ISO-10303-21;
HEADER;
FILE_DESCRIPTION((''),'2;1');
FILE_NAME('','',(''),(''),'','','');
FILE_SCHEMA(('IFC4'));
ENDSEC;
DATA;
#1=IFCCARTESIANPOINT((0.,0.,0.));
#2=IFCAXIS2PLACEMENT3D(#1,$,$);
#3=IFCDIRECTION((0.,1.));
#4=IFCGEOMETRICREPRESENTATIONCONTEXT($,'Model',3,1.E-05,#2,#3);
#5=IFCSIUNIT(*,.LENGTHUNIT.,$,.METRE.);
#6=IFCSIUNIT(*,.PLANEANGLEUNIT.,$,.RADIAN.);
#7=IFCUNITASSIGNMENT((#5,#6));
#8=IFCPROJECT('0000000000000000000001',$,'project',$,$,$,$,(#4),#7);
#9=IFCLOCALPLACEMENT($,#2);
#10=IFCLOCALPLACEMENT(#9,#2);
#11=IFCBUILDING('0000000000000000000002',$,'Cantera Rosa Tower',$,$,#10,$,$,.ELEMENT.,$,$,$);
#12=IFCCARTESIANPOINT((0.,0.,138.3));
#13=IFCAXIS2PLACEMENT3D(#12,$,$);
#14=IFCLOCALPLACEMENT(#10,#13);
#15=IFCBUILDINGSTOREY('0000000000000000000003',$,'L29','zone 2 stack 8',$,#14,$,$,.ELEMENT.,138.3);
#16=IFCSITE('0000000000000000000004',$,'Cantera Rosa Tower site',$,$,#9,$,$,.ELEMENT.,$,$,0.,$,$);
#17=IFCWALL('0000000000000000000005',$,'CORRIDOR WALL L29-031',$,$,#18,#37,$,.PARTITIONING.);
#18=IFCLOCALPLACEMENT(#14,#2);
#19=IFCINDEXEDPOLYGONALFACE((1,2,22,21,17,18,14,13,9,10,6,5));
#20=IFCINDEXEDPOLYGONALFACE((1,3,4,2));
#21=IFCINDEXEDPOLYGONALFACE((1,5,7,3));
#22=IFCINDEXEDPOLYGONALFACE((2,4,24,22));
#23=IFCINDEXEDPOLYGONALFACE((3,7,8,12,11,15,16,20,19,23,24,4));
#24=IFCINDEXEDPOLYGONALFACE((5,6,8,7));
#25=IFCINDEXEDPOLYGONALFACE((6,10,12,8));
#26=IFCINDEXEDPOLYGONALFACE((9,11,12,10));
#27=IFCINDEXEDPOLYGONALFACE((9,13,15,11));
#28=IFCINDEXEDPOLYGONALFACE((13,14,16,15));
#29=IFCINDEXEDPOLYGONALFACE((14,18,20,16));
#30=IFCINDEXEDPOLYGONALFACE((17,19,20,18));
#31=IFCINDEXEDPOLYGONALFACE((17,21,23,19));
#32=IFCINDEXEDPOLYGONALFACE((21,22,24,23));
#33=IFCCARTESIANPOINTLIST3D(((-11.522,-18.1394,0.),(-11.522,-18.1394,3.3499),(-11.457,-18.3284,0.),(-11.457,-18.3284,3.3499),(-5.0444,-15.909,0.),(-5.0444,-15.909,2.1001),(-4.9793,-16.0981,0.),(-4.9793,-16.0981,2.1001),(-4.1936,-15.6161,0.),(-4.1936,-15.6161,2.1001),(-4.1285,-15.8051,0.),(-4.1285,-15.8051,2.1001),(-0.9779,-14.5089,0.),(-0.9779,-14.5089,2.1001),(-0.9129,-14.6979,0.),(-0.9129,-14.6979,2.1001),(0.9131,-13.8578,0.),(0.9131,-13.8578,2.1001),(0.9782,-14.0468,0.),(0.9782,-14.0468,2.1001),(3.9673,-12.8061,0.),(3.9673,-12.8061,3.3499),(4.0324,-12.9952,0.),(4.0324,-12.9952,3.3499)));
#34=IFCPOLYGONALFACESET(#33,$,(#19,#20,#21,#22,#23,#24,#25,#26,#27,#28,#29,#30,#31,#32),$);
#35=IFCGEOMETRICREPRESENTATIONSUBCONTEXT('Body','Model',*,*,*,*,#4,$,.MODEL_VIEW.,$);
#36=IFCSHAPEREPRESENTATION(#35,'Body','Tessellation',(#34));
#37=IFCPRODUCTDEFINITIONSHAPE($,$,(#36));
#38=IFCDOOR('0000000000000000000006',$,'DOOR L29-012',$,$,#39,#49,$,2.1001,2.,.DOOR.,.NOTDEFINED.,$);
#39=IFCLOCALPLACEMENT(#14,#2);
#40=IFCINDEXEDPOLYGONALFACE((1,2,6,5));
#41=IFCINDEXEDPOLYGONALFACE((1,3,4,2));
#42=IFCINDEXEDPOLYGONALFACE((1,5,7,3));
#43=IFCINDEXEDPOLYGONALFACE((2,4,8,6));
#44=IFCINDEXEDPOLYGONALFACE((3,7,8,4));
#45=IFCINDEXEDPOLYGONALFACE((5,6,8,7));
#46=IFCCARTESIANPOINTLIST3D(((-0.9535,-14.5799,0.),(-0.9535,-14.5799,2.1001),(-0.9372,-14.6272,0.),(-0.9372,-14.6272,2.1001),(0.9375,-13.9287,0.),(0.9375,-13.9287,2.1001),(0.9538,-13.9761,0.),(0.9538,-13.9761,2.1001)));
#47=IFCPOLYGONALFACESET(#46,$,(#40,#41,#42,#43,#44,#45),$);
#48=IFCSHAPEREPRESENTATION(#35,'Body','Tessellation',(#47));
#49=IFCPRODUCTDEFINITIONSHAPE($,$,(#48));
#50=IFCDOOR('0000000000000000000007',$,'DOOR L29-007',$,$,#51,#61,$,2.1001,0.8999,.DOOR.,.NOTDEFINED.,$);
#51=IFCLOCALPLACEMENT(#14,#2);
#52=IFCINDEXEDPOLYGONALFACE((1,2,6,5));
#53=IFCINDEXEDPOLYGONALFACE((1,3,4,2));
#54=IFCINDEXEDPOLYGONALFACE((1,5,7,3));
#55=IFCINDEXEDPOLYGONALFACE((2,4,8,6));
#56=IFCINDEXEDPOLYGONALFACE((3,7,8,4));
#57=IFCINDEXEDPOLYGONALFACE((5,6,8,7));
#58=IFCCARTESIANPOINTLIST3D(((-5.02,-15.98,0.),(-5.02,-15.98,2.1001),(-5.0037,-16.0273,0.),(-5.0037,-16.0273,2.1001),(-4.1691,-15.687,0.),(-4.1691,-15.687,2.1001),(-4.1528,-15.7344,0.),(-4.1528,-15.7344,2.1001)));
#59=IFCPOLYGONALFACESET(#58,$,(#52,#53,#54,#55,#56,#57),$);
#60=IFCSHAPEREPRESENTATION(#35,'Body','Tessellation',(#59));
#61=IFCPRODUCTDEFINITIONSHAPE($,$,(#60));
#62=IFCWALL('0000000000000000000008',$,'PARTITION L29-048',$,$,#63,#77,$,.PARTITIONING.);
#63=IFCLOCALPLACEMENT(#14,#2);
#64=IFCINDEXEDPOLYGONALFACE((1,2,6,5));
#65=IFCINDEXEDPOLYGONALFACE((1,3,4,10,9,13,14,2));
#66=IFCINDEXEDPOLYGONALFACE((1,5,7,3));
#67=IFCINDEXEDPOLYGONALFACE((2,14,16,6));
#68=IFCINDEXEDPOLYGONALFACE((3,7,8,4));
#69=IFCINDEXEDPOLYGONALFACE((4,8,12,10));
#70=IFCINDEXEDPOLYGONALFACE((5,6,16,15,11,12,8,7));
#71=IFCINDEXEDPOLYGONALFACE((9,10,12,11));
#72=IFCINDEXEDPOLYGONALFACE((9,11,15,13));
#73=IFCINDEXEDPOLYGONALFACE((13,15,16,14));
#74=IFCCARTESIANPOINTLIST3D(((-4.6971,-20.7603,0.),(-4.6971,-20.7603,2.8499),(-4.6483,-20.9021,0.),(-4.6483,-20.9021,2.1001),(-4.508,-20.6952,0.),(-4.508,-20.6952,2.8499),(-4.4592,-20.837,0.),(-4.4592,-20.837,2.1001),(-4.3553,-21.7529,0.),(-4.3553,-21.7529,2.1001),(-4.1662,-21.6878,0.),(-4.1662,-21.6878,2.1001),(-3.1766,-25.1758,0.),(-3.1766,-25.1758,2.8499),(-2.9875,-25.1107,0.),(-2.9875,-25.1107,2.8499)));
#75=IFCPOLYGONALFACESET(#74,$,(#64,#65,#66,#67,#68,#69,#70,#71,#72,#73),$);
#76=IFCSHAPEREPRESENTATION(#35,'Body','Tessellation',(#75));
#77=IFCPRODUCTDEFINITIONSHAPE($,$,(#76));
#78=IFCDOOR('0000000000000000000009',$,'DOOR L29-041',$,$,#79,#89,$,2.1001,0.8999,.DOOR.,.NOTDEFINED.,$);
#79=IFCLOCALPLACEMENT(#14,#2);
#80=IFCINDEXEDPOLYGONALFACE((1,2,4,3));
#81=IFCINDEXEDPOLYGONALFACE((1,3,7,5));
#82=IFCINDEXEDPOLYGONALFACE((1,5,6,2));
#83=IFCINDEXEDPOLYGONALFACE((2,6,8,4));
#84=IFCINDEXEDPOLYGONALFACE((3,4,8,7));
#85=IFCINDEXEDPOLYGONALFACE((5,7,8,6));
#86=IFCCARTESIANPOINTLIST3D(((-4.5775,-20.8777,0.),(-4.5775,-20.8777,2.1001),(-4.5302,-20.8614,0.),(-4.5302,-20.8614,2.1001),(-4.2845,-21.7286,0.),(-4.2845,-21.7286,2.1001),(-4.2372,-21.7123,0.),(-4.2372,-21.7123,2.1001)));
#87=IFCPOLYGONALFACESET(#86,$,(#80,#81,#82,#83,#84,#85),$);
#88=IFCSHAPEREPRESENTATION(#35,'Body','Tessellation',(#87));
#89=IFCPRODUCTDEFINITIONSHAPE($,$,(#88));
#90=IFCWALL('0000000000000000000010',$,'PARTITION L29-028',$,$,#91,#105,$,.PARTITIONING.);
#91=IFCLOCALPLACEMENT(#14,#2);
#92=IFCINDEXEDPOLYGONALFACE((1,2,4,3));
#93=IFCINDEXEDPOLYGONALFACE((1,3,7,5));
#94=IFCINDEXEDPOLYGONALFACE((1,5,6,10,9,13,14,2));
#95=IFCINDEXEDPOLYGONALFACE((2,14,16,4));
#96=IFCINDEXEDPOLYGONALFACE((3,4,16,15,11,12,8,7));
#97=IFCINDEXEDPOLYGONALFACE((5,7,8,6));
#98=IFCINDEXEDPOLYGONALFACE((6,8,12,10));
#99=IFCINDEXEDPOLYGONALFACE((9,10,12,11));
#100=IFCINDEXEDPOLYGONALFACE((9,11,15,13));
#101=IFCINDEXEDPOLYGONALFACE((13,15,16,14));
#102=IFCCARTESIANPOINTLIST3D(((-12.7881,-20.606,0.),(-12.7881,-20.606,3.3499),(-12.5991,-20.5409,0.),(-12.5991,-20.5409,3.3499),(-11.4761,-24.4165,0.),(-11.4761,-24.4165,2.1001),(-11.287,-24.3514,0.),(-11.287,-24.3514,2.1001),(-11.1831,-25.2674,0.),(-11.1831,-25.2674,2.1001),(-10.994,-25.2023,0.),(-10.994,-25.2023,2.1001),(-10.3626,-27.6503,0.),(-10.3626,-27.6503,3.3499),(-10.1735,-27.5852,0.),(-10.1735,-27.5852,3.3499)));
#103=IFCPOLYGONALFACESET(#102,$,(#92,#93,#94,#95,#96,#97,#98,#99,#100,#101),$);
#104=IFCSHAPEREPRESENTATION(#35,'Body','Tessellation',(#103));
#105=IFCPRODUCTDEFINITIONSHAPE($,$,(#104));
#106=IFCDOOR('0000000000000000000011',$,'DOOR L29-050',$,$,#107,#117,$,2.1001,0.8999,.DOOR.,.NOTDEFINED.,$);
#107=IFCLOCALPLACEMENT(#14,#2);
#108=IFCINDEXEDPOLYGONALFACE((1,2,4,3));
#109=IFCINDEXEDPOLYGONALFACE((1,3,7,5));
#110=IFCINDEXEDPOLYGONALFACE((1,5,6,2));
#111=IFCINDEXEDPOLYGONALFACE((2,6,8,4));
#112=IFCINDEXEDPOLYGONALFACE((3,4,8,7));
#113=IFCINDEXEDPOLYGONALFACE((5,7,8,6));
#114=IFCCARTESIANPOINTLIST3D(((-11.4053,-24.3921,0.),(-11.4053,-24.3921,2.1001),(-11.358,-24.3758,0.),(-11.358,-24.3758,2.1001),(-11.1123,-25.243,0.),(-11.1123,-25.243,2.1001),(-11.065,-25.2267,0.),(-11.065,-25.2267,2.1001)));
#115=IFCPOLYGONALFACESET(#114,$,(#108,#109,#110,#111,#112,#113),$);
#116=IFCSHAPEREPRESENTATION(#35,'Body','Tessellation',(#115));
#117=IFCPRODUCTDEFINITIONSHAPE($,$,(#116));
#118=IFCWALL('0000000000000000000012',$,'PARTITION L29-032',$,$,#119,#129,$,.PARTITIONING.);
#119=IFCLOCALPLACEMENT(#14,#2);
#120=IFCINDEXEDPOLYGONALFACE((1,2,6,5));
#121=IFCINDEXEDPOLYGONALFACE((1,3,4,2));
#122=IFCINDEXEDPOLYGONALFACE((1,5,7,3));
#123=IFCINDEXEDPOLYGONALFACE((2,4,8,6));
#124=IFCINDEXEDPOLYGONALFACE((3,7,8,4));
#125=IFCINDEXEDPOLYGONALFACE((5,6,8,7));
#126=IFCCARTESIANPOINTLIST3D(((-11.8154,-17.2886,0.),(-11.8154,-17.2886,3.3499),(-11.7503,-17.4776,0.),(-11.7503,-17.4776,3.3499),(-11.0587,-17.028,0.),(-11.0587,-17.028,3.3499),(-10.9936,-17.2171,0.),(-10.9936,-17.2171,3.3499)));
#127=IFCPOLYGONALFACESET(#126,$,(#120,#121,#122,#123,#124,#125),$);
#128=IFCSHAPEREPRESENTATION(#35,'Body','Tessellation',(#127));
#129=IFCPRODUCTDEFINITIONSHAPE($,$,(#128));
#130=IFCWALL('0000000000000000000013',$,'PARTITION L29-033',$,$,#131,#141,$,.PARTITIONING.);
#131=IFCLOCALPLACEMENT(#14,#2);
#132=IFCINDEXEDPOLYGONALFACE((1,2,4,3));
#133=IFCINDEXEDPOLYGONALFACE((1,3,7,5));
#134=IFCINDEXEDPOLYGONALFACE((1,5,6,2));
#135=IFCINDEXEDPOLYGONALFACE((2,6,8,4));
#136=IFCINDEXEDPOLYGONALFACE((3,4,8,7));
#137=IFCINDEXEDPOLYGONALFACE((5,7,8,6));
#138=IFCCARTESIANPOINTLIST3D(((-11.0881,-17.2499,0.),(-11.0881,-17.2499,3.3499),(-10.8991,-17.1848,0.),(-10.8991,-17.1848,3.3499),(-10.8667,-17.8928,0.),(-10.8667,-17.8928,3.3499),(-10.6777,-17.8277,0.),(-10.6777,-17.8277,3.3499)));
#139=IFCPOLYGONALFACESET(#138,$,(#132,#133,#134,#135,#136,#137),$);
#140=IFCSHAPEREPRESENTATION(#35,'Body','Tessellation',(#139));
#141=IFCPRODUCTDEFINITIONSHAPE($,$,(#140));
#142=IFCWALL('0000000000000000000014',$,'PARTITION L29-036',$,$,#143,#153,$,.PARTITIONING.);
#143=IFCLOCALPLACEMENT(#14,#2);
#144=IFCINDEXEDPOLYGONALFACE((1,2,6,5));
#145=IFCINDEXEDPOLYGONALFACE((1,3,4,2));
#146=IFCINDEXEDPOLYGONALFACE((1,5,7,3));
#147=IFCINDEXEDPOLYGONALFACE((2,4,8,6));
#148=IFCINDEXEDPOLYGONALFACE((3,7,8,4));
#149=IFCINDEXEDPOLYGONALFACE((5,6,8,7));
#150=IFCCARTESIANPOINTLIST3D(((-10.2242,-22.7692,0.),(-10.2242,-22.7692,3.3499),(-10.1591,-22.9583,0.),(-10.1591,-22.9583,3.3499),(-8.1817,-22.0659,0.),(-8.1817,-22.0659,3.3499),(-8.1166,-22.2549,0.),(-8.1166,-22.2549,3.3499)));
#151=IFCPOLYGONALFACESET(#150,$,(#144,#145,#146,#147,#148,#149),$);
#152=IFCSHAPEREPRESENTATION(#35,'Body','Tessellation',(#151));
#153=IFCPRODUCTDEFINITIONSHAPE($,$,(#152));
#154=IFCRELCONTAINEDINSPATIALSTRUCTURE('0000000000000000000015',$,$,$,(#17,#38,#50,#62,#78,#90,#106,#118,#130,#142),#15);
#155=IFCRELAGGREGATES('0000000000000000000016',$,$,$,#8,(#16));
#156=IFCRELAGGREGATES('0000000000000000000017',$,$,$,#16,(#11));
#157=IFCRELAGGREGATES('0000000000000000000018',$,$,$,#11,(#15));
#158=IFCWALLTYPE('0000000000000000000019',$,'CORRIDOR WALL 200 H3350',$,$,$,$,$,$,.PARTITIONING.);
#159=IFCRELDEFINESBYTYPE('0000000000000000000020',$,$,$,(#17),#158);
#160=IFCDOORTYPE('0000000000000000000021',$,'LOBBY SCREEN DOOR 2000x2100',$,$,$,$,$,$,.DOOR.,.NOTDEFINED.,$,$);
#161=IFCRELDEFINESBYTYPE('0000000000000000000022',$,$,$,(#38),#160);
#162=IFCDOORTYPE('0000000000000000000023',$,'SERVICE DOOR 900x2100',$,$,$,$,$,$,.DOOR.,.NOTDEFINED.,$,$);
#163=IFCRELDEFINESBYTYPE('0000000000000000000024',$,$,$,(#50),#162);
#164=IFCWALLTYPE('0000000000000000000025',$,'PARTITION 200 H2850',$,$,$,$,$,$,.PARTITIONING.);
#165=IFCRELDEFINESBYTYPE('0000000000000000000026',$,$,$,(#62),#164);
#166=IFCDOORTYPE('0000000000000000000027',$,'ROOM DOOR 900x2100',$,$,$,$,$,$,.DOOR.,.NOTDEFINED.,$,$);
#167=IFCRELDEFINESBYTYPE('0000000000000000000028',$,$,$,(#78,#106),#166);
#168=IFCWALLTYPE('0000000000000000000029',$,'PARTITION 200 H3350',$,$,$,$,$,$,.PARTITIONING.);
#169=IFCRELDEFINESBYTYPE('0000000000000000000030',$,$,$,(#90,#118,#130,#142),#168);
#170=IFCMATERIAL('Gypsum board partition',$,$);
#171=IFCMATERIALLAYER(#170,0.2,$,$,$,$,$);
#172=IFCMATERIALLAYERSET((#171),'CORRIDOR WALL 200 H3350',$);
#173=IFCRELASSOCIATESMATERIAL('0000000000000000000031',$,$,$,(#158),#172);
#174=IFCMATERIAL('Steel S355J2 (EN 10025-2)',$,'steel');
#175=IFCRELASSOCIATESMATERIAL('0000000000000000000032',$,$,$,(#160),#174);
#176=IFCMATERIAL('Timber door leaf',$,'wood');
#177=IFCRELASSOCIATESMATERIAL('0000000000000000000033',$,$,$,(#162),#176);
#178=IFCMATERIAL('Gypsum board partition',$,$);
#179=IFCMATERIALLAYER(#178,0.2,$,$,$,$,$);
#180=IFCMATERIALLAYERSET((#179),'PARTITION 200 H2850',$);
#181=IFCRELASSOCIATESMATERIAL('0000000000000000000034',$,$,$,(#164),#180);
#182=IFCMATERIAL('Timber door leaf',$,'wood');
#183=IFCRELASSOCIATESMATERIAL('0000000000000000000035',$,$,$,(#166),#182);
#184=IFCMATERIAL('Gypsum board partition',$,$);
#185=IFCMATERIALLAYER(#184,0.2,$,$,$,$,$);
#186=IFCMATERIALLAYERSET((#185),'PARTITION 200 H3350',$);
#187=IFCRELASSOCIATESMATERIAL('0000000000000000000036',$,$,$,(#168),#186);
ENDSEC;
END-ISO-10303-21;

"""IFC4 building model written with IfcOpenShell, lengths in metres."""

from ifc_helpers import new_model, si_unit, direction, frame, frame_2d, origin, place, context, subcontext, project, spatial, rectangle, extrude, material, layer, layer_set, type_object, element, fill, save


model = new_model("IFC4")

# Units and contexts
model_context = context("Model", 3, precision=1e-05, world=origin(), true_north=direction((0.0, 1.0)))
body_context = subcontext(model_context, "Body", "Model", "MODEL_VIEW")
ifc_project = project(units=[si_unit("LENGTHUNIT", "METRE"), si_unit("PLANEANGLEUNIT", "RADIAN")], contexts=[model_context])

# Site, building, storey
site_placement = place(None, origin())
site = spatial("IfcSite", under=ifc_project, at=site_placement, Name="Cantera Rosa Tower site", CompositionType="ELEMENT", RefElevation=0.0)
building_placement = place(site_placement, origin())
building = spatial("IfcBuilding", under=site, at=building_placement, Name="Cantera Rosa Tower", CompositionType="ELEMENT")
storey_placement = place(building_placement, frame((0.0, 0.0, 138.3)))
storey = spatial("IfcBuildingStorey", under=building, at=storey_placement, Name="L29", Description="zone 2 stack 8", CompositionType="ELEMENT", Elevation=138.3)

# Wall, openings, doors
ifc_material_1 = material(Name="Gypsum board partition")
ifc_layer_1 = layer(ifc_material_1, 0.2)
ifc_layer_set_1 = layer_set([ifc_layer_1], Name="CORRIDOR WALL 200 H3350")
wall_type_1 = type_object("IfcWallType", Name="CORRIDOR WALL 200 H3350", PredefinedType="PARTITIONING", material=ifc_layer_set_1)
wall_1_placement = place(storey_placement, frame((-11.4895, -18.2339, 0.0), z_axis=(0.0, 0.0, 1.0), x_axis=(0.945523, 0.325557, 0.0)))
wall_1 = element("IfcWall", 1, at=wall_1_placement, inside=storey, type_object=wall_type_1, Name="CORRIDOR WALL L29-031", PredefinedType="PARTITIONING", context=body_context, shape_type="SweptSolid", body=[
    extrude(rectangle(XDim=16.3818, YDim=0.2, at=frame_2d((8.1909, 0.0))), origin(), (0.0, 0.0, 1.0), 3.3499),
])
opening_1_placement = place(wall_1_placement, frame((6.8508, 0.0, 0.0)))
opening_1 = element("IfcOpeningElement", 2, at=opening_1_placement, cuts=wall_1, PredefinedType="OPENING", context=body_context, shape_type="SweptSolid", body=[
    extrude(rectangle(XDim=0.8999, YDim=2.1001, at=frame_2d((0.45, 1.05))), frame((0.0, 0.1099, 0.0), z_axis=(0.0, -1.0, 0.0), x_axis=(1.0, 0.0, 0.0)), (0.0, 0.0, 1.0), 0.22),
])
opening_2_placement = place(wall_1_placement, frame((11.1516, 0.0, 0.0)))
opening_2 = element("IfcOpeningElement", 3, at=opening_2_placement, cuts=wall_1, PredefinedType="OPENING", context=body_context, shape_type="SweptSolid", body=[
    extrude(rectangle(XDim=2.0, YDim=2.1001, at=frame_2d((1.0, 1.05))), frame((0.0, 0.1099, 0.0), z_axis=(0.0, -1.0, 0.0), x_axis=(1.0, 0.0, 0.0)), (0.0, 0.0, 1.0), 0.22),
])
ifc_material_2 = material(Name="Steel S355J2 (EN 10025-2)", Category="steel")
door_type_1 = type_object("IfcDoorType", Name="LOBBY SCREEN DOOR 2000x2100", OperationType="NOTDEFINED", PredefinedType="DOOR", material=ifc_material_2)
door_1_placement = place(opening_2_placement, origin())
door_1 = element("IfcDoor", 4, at=door_1_placement, inside=storey, type_object=door_type_1, Name="DOOR L29-012", OperationType="NOTDEFINED", OverallHeight=2.1001, OverallWidth=2.0, PredefinedType="DOOR", context=body_context, shape_type="SweptSolid", body=[
    extrude(rectangle(XDim=2.0, YDim=2.1001, at=frame_2d((1.0, 1.05))), frame((0.0, 0.0249, 0.0), z_axis=(0.0, -1.0, 0.0), x_axis=(1.0, 0.0, 0.0)), (0.0, 0.0, 1.0), 0.05),
])
fill(opening_2, door_1)
ifc_material_3 = material(Name="Timber door leaf", Category="wood")
door_type_2 = type_object("IfcDoorType", Name="SERVICE DOOR 900x2100", OperationType="NOTDEFINED", PredefinedType="DOOR", material=ifc_material_3)
door_2_placement = place(opening_1_placement, origin())
door_2 = element("IfcDoor", 5, at=door_2_placement, inside=storey, type_object=door_type_2, Name="DOOR L29-007", OperationType="NOTDEFINED", OverallHeight=2.1001, OverallWidth=0.8999, PredefinedType="DOOR", context=body_context, shape_type="SweptSolid", body=[
    extrude(rectangle(XDim=0.8999, YDim=2.1001, at=frame_2d((0.45, 1.05))), frame((0.0, 0.0249, 0.0), z_axis=(0.0, -1.0, 0.0), x_axis=(1.0, 0.0, 0.0)), (0.0, 0.0, 1.0), 0.05),
])
fill(opening_1, door_2)

# Walls, openings, doors
ifc_material_4 = material(Name="Gypsum board partition")
ifc_layer_2 = layer(ifc_material_4, 0.2)
ifc_layer_set_2 = layer_set([ifc_layer_2], Name="PARTITION 200 H2850")
wall_type_2 = type_object("IfcWallType", Name="PARTITION 200 H2850", PredefinedType="PARTITIONING", material=ifc_layer_set_2)
wall_2_placement = place(storey_placement, frame((-4.6025, -20.7278, 0.0), z_axis=(0.0, 0.0, 1.0), x_axis=(0.325591, -0.945511, 0.0)))
wall_2 = element("IfcWall", 6, at=wall_2_placement, inside=storey, type_object=wall_type_2, Name="PARTITION L29-048", PredefinedType="PARTITIONING", context=body_context, shape_type="SweptSolid", body=[
    extrude(rectangle(XDim=4.6699, YDim=0.2, at=frame_2d((2.335, 0.0))), origin(), (0.0, 0.0, 1.0), 2.8499),
])
opening_3_placement = place(wall_2_placement, frame((0.1499, 0.0, 0.0)))
opening_3 = element("IfcOpeningElement", 7, at=opening_3_placement, cuts=wall_2, PredefinedType="OPENING", context=body_context, shape_type="SweptSolid", body=[
    extrude(rectangle(XDim=0.8999, YDim=2.1001, at=frame_2d((0.45, 1.05))), frame((0.0, 0.1099, 0.0), z_axis=(0.0, -1.0, 0.0), x_axis=(1.0, 0.0, 0.0)), (0.0, 0.0, 1.0), 0.22),
])
ifc_material_5 = material(Name="Timber door leaf", Category="wood")
door_type_3 = type_object("IfcDoorType", Name="ROOM DOOR 900x2100", OperationType="NOTDEFINED", PredefinedType="DOOR", material=ifc_material_5)
door_3_placement = place(opening_3_placement, origin())
door_3 = element("IfcDoor", 8, at=door_3_placement, inside=storey, type_object=door_type_3, Name="DOOR L29-041", OperationType="NOTDEFINED", OverallHeight=2.1001, OverallWidth=0.8999, PredefinedType="DOOR", context=body_context, shape_type="SweptSolid", body=[
    extrude(rectangle(XDim=0.8999, YDim=2.1001, at=frame_2d((0.45, 1.05))), frame((0.0, 0.0249, 0.0), z_axis=(0.0, -1.0, 0.0), x_axis=(1.0, 0.0, 0.0)), (0.0, 0.0, 1.0), 0.05),
])
fill(opening_3, door_3)
ifc_material_6 = material(Name="Gypsum board partition")
ifc_layer_3 = layer(ifc_material_6, 0.2)
ifc_layer_set_3 = layer_set([ifc_layer_3], Name="PARTITION 200 H3350")
wall_type_3 = type_object("IfcWallType", Name="PARTITION 200 H3350", PredefinedType="PARTITIONING", material=ifc_layer_set_3)
wall_3_placement = place(storey_placement, frame((-12.6936, -20.5735, 0.0), z_axis=(0.0, 0.0, 1.0), x_axis=(0.325572, -0.945517, 0.0)))
wall_3 = element("IfcWall", 9, at=wall_3_placement, inside=storey, type_object=wall_type_3, Name="PARTITION L29-028", PredefinedType="PARTITIONING", context=body_context, shape_type="SweptSolid", body=[
    extrude(rectangle(XDim=7.4502, YDim=0.2, at=frame_2d((3.7251, 0.0))), origin(), (0.0, 0.0, 1.0), 3.3499),
])
opening_4_placement = place(wall_3_placement, frame((4.03, 0.0, 0.0)))
opening_4 = element("IfcOpeningElement", 10, at=opening_4_placement, cuts=wall_3, PredefinedType="OPENING", context=body_context, shape_type="SweptSolid", body=[
    extrude(rectangle(XDim=0.8999, YDim=2.1001, at=frame_2d((0.45, 1.05))), frame((0.0, 0.1099, 0.0), z_axis=(0.0, -1.0, 0.0), x_axis=(1.0, 0.0, 0.0)), (0.0, 0.0, 1.0), 0.22),
])
door_4_placement = place(opening_4_placement, origin())
door_4 = element("IfcDoor", 11, at=door_4_placement, inside=storey, type_object=door_type_3, Name="DOOR L29-050", OperationType="NOTDEFINED", OverallHeight=2.1001, OverallWidth=0.8999, PredefinedType="DOOR", context=body_context, shape_type="SweptSolid", body=[
    extrude(rectangle(XDim=0.8999, YDim=2.1001, at=frame_2d((0.45, 1.05))), frame((0.0, 0.0249, 0.0), z_axis=(0.0, -1.0, 0.0), x_axis=(1.0, 0.0, 0.0)), (0.0, 0.0, 1.0), 0.05),
])
fill(opening_4, door_4)

# Walls
wall_4_placement = place(storey_placement, frame((-11.0261, -17.1226, 0.0), z_axis=(0.0, 0.0, 1.0), x_axis=(-0.945525, -0.325549, 0.0)))
element("IfcWall", 12, at=wall_4_placement, inside=storey, type_object=wall_type_3, Name="PARTITION L29-032", PredefinedType="PARTITIONING", context=body_context, shape_type="SweptSolid", body=[
    extrude(rectangle(XDim=0.8003, YDim=0.2, at=frame_2d((0.4001, 0.0))), origin(), (0.0, 0.0, 1.0), 3.3499),
])
wall_5_placement = place(storey_placement, frame((-10.7722, -17.8601, 0.0), z_axis=(0.0, 0.0, 1.0), x_axis=(-0.325692, 0.945476, 0.0)))
element("IfcWall", 13, at=wall_5_placement, inside=storey, type_object=wall_type_3, Name="PARTITION L29-033", PredefinedType="PARTITIONING", context=body_context, shape_type="SweptSolid", body=[
    extrude(rectangle(XDim=0.6799, YDim=0.2, at=frame_2d((0.3398, 0.0))), origin(), (0.0, 0.0, 1.0), 3.3499),
])
wall_6_placement = place(storey_placement, frame((-8.1492, -22.1604, 0.0), z_axis=(0.0, 0.0, 1.0), x_axis=(-0.945506, -0.325604, 0.0)))
element("IfcWall", 14, at=wall_6_placement, inside=storey, type_object=wall_type_3, Name="PARTITION L29-036", PredefinedType="PARTITIONING", context=body_context, shape_type="SweptSolid", body=[
    extrude(rectangle(XDim=2.1602, YDim=0.2, at=frame_2d((1.0801, 0.0))), origin(), (0.0, 0.0, 1.0), 3.3499),
])

save(model, "model.ifc")
